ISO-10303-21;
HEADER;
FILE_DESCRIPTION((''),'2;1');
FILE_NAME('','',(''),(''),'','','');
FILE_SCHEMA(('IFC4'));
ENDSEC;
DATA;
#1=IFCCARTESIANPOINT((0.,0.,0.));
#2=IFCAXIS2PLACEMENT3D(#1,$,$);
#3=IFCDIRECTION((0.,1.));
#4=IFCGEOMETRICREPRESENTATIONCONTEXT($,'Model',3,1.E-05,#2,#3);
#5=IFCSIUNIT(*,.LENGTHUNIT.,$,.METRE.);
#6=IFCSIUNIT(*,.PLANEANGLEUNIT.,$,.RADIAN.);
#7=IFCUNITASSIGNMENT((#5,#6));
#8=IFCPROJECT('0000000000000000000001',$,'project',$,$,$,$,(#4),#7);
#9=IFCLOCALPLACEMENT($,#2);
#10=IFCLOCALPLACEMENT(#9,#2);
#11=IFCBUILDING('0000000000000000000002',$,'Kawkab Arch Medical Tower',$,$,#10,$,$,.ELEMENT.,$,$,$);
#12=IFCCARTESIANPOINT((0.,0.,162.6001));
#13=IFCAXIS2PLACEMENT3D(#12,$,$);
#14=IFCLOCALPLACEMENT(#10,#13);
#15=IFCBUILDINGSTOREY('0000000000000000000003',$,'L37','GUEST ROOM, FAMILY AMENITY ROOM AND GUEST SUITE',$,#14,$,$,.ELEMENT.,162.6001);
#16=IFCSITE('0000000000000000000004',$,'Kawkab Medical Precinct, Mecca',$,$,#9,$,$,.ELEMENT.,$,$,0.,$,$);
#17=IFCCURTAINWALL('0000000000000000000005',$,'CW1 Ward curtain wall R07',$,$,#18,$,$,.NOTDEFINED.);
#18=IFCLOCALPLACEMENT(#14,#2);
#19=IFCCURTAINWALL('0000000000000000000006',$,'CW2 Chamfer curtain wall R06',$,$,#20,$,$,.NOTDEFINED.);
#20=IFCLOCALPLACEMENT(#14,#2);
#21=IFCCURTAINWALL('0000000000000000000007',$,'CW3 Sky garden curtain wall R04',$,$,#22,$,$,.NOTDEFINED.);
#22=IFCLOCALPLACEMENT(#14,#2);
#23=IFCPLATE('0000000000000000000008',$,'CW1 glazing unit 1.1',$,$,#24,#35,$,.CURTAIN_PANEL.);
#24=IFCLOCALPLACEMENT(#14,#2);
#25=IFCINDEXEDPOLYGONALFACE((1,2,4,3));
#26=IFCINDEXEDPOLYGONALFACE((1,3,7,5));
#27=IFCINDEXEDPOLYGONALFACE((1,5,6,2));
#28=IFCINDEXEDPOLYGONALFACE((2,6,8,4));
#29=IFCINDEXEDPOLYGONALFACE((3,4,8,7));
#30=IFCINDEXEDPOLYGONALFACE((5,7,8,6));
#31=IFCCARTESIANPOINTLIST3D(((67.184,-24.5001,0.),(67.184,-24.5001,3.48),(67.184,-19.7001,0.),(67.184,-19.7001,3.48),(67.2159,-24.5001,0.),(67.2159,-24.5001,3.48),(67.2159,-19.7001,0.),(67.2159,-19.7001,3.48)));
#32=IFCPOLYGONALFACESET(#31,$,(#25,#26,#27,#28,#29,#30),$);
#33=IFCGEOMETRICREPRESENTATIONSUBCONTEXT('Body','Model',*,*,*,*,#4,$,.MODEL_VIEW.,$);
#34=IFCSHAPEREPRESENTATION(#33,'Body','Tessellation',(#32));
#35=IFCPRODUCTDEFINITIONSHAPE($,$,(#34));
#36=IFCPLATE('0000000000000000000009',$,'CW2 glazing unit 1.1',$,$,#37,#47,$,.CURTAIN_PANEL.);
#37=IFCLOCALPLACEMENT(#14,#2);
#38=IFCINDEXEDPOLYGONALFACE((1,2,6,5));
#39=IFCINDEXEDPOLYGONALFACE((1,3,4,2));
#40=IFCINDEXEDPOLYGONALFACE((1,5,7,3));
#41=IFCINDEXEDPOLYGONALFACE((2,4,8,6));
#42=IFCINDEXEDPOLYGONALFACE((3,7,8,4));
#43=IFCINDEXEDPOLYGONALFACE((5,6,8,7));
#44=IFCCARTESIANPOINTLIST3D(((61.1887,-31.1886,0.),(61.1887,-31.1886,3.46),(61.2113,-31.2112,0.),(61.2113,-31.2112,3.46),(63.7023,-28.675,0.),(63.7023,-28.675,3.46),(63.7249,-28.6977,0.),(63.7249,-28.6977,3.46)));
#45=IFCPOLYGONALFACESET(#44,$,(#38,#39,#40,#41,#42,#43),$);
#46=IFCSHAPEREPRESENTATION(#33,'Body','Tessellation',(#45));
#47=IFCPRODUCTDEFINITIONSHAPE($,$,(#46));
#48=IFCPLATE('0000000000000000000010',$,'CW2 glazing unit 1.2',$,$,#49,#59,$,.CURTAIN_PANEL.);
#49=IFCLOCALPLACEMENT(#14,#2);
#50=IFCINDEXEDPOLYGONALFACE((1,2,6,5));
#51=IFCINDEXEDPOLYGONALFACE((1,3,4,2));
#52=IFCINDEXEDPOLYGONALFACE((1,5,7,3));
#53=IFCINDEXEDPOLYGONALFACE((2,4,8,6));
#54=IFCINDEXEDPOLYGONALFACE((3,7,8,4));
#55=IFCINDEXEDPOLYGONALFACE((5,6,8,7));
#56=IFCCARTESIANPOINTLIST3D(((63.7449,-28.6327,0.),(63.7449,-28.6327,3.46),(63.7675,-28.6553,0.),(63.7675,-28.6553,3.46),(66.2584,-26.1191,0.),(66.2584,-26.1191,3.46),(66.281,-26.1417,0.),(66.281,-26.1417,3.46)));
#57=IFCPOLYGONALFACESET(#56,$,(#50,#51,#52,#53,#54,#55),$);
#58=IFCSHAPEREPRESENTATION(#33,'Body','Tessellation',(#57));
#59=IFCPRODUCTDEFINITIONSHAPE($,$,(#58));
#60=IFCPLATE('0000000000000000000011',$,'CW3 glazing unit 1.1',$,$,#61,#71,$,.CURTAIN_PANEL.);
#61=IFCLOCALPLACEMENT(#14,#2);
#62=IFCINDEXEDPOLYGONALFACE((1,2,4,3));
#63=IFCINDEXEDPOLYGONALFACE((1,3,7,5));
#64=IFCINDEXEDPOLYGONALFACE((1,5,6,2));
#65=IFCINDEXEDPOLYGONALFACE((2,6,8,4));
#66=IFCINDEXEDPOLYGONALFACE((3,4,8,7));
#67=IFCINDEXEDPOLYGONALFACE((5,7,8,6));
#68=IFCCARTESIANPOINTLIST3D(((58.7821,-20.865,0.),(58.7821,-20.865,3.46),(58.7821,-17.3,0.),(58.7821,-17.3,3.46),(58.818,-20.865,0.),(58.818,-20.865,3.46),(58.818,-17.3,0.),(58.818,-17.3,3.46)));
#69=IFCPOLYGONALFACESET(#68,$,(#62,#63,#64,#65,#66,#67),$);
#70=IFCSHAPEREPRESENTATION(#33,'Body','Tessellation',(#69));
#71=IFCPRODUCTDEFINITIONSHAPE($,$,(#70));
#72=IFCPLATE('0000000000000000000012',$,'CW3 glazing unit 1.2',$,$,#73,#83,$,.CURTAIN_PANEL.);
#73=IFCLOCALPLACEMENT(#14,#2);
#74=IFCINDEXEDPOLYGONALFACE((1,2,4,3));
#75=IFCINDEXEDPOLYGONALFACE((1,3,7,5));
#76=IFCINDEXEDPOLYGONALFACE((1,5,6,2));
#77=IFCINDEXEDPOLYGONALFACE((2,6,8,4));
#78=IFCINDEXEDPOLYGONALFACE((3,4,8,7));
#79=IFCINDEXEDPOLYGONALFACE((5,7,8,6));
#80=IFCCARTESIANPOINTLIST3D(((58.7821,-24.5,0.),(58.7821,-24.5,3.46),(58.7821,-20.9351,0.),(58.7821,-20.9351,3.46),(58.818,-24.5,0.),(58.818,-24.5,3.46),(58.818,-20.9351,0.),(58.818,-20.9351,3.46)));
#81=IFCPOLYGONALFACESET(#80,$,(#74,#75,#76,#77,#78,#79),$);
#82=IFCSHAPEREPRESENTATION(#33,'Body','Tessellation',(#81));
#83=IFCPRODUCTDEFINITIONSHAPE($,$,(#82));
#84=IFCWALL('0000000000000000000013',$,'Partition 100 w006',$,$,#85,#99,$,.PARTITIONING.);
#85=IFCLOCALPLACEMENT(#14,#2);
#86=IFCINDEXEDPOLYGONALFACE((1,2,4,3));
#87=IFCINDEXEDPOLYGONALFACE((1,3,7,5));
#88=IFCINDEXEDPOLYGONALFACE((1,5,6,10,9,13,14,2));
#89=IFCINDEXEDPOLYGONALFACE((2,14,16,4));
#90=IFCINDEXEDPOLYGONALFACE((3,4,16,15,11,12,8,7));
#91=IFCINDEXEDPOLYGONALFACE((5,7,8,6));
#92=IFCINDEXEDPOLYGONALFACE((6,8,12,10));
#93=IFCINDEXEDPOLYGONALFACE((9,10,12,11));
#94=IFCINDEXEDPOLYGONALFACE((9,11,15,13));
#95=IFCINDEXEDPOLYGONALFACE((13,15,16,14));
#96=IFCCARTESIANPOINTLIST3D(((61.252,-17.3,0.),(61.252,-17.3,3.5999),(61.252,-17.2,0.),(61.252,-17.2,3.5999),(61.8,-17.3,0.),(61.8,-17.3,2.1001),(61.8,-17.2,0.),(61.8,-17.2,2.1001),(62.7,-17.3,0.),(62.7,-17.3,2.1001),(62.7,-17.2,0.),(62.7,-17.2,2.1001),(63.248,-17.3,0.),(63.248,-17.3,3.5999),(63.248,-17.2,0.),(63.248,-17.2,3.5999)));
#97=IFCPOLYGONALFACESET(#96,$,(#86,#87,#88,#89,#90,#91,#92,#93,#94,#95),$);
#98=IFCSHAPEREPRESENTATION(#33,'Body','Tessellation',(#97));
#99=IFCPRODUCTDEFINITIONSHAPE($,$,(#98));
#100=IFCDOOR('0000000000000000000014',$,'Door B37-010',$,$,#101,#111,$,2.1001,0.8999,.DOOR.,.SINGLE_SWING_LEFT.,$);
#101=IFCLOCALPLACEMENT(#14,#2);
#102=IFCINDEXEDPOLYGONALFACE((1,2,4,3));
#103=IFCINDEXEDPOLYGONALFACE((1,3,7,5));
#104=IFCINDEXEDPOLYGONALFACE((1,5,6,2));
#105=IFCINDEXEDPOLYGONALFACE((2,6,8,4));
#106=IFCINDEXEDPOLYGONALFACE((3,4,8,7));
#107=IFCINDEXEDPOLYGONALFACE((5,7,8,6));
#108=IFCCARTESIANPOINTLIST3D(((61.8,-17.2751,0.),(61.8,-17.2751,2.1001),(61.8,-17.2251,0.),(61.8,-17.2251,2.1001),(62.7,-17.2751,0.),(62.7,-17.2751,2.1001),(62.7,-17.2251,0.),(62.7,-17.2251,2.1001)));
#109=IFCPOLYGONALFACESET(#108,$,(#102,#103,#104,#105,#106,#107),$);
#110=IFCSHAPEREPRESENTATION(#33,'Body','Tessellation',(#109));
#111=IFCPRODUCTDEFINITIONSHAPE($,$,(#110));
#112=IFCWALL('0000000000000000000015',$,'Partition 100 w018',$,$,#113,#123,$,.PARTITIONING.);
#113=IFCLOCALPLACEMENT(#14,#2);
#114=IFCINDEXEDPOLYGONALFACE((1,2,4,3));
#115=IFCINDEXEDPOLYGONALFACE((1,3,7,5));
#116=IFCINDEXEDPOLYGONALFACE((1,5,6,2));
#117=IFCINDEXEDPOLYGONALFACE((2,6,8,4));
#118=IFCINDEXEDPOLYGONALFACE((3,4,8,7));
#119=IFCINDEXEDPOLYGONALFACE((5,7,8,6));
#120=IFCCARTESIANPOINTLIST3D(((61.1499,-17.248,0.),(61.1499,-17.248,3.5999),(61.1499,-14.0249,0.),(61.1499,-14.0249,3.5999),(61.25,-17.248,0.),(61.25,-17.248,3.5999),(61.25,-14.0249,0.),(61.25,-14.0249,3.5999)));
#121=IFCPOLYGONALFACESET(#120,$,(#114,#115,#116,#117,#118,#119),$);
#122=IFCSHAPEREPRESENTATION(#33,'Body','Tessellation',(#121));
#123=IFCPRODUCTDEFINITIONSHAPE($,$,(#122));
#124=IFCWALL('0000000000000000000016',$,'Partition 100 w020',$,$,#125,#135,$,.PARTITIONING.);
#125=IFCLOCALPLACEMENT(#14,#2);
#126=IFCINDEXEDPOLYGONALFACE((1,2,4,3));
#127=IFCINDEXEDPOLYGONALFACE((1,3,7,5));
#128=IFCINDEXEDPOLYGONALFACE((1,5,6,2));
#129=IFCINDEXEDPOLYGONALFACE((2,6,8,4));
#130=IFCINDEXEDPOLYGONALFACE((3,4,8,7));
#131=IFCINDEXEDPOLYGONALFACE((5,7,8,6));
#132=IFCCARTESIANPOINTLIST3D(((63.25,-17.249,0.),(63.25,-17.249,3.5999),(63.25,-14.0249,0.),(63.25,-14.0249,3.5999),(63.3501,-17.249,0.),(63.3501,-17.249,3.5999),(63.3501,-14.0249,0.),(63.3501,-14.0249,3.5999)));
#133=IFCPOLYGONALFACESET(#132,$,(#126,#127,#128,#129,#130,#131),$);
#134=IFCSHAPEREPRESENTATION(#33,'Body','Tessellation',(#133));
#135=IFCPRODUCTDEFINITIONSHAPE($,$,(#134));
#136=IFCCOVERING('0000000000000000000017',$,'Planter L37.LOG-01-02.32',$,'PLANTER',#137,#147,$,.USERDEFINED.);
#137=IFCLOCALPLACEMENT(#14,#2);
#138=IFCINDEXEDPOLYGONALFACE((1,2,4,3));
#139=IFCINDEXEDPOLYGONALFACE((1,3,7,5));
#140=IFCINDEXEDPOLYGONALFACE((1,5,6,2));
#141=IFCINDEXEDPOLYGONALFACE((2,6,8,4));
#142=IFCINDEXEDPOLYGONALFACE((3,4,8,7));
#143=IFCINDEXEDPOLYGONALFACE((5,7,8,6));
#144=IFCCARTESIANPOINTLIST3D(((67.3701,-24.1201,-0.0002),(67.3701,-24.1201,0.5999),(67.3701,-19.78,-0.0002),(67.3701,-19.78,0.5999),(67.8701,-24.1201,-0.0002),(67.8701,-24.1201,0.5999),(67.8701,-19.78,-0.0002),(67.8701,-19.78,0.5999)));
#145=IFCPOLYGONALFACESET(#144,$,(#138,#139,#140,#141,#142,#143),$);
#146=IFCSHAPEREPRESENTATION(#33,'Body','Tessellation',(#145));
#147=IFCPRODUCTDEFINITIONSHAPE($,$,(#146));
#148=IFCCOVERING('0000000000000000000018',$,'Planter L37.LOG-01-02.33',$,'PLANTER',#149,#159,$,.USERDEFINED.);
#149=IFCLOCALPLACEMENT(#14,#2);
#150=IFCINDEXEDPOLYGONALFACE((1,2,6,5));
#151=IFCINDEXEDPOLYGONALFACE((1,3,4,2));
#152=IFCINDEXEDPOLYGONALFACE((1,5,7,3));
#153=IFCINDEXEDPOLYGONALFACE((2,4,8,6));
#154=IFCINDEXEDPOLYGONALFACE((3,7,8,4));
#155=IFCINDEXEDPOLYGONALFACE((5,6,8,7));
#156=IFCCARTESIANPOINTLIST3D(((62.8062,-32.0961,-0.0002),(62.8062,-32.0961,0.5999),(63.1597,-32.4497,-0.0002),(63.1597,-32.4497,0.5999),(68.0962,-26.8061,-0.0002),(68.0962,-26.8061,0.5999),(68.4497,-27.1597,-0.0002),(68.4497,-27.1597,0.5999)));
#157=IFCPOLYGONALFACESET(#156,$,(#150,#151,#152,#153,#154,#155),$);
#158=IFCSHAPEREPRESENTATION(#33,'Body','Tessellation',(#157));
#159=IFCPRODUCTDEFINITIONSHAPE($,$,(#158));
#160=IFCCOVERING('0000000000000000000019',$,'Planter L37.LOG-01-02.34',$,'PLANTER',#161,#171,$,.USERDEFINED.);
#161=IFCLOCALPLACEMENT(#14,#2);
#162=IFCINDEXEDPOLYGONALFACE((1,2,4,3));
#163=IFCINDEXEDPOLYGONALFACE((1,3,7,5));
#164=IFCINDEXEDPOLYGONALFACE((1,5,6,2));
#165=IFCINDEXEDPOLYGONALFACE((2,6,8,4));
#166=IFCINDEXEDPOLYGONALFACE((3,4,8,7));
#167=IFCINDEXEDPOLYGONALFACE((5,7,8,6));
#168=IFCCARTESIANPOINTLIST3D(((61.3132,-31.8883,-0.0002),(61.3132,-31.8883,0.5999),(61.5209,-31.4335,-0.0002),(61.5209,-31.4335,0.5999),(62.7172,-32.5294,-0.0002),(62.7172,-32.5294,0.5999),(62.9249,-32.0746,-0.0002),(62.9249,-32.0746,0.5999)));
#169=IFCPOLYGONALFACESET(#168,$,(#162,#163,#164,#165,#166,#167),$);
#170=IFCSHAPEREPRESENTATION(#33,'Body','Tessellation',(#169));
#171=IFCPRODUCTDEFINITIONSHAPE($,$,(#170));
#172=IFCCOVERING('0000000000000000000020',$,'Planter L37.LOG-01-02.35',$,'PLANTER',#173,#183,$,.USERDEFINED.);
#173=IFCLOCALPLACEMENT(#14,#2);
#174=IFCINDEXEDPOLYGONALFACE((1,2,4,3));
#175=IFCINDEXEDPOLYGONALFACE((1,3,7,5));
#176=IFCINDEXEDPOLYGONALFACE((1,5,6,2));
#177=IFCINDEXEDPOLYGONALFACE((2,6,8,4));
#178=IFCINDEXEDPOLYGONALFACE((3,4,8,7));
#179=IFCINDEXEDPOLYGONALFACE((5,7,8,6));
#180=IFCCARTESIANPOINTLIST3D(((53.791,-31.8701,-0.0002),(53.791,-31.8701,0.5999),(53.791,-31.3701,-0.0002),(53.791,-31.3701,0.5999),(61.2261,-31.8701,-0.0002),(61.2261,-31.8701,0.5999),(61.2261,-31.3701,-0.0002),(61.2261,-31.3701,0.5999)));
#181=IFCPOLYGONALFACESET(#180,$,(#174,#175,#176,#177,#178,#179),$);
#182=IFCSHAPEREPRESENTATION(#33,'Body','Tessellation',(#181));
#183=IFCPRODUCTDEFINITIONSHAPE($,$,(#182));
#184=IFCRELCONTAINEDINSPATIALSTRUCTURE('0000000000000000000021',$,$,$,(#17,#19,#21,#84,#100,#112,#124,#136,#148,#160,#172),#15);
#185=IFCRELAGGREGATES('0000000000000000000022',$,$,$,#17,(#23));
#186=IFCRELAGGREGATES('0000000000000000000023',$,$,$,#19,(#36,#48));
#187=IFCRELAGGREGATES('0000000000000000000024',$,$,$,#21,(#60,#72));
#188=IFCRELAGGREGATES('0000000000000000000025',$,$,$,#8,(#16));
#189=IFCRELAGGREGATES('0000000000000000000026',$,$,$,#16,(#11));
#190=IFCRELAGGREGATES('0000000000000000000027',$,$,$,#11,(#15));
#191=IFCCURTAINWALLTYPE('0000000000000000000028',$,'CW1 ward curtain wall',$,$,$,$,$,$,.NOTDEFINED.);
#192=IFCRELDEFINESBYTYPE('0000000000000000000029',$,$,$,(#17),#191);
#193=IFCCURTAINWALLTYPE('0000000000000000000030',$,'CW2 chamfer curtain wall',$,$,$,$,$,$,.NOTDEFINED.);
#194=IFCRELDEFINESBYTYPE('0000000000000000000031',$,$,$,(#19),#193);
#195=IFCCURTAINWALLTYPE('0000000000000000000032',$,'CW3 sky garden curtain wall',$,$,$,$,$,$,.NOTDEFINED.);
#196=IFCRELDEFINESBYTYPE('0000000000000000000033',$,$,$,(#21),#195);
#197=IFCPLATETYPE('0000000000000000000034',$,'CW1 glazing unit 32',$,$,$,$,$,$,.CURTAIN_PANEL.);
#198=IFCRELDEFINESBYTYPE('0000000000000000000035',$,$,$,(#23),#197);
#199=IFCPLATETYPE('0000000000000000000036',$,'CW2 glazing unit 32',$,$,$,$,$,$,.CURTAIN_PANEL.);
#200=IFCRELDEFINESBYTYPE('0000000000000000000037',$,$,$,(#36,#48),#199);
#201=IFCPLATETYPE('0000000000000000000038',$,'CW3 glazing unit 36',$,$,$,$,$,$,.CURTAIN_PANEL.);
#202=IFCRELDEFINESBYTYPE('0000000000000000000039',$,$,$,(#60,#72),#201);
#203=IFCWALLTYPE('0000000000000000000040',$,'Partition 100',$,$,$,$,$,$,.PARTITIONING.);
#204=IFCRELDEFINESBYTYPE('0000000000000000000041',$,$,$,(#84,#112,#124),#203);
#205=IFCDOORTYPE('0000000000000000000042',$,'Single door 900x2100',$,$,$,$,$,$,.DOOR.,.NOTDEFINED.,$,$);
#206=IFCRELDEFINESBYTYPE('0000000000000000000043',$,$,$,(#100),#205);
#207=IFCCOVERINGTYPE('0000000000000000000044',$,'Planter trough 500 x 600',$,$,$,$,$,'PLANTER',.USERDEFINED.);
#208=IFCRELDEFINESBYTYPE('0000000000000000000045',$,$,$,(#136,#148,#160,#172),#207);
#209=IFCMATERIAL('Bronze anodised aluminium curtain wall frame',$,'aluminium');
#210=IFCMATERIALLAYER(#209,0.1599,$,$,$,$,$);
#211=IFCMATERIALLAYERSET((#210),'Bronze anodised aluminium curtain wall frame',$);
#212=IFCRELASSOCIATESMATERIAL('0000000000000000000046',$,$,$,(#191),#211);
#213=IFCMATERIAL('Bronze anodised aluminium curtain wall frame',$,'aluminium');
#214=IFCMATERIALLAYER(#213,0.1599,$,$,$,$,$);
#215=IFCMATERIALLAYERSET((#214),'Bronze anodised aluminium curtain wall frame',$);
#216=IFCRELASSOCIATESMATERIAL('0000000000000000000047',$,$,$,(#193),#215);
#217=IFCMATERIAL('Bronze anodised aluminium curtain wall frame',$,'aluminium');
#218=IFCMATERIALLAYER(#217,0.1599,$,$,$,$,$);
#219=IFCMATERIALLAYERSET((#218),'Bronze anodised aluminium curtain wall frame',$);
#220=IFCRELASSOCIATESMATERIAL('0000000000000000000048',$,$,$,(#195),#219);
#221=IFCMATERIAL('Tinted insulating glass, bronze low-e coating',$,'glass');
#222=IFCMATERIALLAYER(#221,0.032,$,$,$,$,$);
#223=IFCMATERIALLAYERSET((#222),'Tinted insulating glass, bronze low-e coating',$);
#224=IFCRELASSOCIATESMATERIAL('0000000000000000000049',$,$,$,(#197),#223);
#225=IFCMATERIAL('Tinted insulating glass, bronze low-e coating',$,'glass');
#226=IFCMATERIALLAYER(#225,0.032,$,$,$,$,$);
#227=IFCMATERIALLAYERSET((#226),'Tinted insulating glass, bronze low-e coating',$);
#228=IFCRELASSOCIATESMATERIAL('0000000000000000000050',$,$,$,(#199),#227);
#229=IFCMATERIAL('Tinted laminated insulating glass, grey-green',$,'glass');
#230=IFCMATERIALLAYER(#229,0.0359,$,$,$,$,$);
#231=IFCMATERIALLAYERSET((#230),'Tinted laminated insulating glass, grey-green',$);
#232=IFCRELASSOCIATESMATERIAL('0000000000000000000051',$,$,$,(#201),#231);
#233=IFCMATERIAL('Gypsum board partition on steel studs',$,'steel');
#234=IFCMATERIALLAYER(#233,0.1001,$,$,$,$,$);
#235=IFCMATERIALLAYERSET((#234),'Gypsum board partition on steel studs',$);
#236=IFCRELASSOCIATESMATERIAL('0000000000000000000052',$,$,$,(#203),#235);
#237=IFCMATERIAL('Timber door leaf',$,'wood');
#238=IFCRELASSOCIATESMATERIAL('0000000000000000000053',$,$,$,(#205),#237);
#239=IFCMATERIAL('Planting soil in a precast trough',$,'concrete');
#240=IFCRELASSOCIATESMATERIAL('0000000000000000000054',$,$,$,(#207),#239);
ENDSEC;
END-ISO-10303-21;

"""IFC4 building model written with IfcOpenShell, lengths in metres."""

from ifc_helpers import new_model, si_unit, direction, frame, frame_2d, origin, origin_2d, place, context, subcontext, project, spatial, rectangle, extrude, material, layer, layer_set, material_profile, profile_set, type_object, element, fill, aggregate, save


model = new_model("IFC4")

# Units and contexts
model_context = context("Model", 3, precision=1e-05, world=origin(), true_north=direction((0.0, 1.0)))
body_context = subcontext(model_context, "Body", "Model", "MODEL_VIEW")
ifc_project = project(units=[si_unit("LENGTHUNIT", "METRE"), si_unit("PLANEANGLEUNIT", "RADIAN")], contexts=[model_context])

# Site, building, storey
site_placement = place(None, origin())
site = spatial("IfcSite", under=ifc_project, at=site_placement, Name="Kawkab Medical Precinct, Mecca", CompositionType="ELEMENT", RefElevation=0.0)
building_placement = place(site_placement, origin())
building = spatial("IfcBuilding", under=site, at=building_placement, Name="Kawkab Arch Medical Tower", CompositionType="ELEMENT")
storey_placement = place(building_placement, frame((0.0, 0.0, 162.6001)))
storey = spatial("IfcBuildingStorey", under=building, at=storey_placement, Name="L37", Description="GUEST ROOM, FAMILY AMENITY ROOM AND GUEST SUITE", CompositionType="ELEMENT", Elevation=162.6001)

# Curtain walls
ifc_material_1 = material(Name="Bronze anodised aluminium curtain wall frame", Category="aluminium")
ifc_layer_1 = layer(ifc_material_1, 0.1599)
ifc_layer_set_1 = layer_set([ifc_layer_1], Name="Bronze anodised aluminium curtain wall frame")
curtain_wall_type_1 = type_object("IfcCurtainWallType", Name="CW1 ward curtain wall", PredefinedType="NOTDEFINED", material=ifc_layer_set_1)
placement = place(storey_placement, origin())
curtain_wall_1 = element("IfcCurtainWall", 1, at=placement, inside=storey, type_object=curtain_wall_type_1, Name="CW1 Ward curtain wall R07", PredefinedType="NOTDEFINED")
ifc_material_2 = material(Name="Bronze anodised aluminium curtain wall frame", Category="aluminium")
ifc_layer_2 = layer(ifc_material_2, 0.1599)
ifc_layer_set_2 = layer_set([ifc_layer_2], Name="Bronze anodised aluminium curtain wall frame")
curtain_wall_type_2 = type_object("IfcCurtainWallType", Name="CW2 chamfer curtain wall", PredefinedType="NOTDEFINED", material=ifc_layer_set_2)
curtain_wall_2 = element("IfcCurtainWall", 2, at=placement, inside=storey, type_object=curtain_wall_type_2, Name="CW2 Chamfer curtain wall R06", PredefinedType="NOTDEFINED")
ifc_material_3 = material(Name="Bronze anodised aluminium curtain wall frame", Category="aluminium")
ifc_layer_3 = layer(ifc_material_3, 0.1599)
ifc_layer_set_3 = layer_set([ifc_layer_3], Name="Bronze anodised aluminium curtain wall frame")
curtain_wall_type_3 = type_object("IfcCurtainWallType", Name="CW3 sky garden curtain wall", PredefinedType="NOTDEFINED", material=ifc_layer_set_3)
curtain_wall_3 = element("IfcCurtainWall", 3, at=placement, inside=storey, type_object=curtain_wall_type_3, Name="CW3 Sky garden curtain wall R04", PredefinedType="NOTDEFINED")

# Shared definitions
ifc_material_4 = material(Name="Tinted insulating glass, bronze low-e coating", Category="glass")
ifc_layer_4 = layer(ifc_material_4, 0.032)
ifc_layer_set_4 = layer_set([ifc_layer_4], Name="Tinted insulating glass, bronze low-e coating")
plate_type_1 = type_object("IfcPlateType", Name="CW1 glazing unit 32", PredefinedType="CURTAIN_PANEL", material=ifc_layer_set_4)

# Plates
plate_1_placement = place(storey_placement, frame((67.2, -22.1001, 0.0), z_axis=(0.0, 0.0, 1.0), x_axis=(0.0, 1.0, 0.0)))
plate_1 = element("IfcPlate", 4, at=plate_1_placement, type_object=plate_type_1, Name="CW1 glazing unit 1.1", PredefinedType="CURTAIN_PANEL", context=body_context, shape_type="SweptSolid", body=[
    extrude(rectangle(XDim=4.8, YDim=0.032, at=origin_2d()), origin(), (0.0, 0.0, 1.0), 3.48),
])
aggregate(curtain_wall_1, [plate_1])
ifc_material_5 = material(Name="Tinted insulating glass, bronze low-e coating", Category="glass")
ifc_layer_5 = layer(ifc_material_5, 0.032)
ifc_layer_set_5 = layer_set([ifc_layer_5], Name="Tinted insulating glass, bronze low-e coating")
plate_type_2 = type_object("IfcPlateType", Name="CW2 glazing unit 32", PredefinedType="CURTAIN_PANEL", material=ifc_layer_set_5)
plate_2_placement = place(storey_placement, frame((62.4568, -29.9431, 0.0), z_axis=(0.0, 0.0, 1.0), x_axis=(0.707107, 0.707107, 0.0)))
plate_2 = element("IfcPlate", 5, at=plate_2_placement, type_object=plate_type_2, Name="CW2 glazing unit 1.1", PredefinedType="CURTAIN_PANEL", context=body_context, shape_type="SweptSolid", body=[
    extrude(rectangle(XDim=3.5547, YDim=0.032, at=origin_2d()), origin(), (0.0, 0.0, 1.0), 3.46),
])
plate_3_placement = place(storey_placement, frame((65.0129, -27.3872, 0.0), z_axis=(0.0, 0.0, 1.0), x_axis=(0.707107, 0.707107, 0.0)))
plate_3 = element("IfcPlate", 6, at=plate_3_placement, type_object=plate_type_2, Name="CW2 glazing unit 1.2", PredefinedType="CURTAIN_PANEL", context=body_context, shape_type="SweptSolid", body=[
    extrude(rectangle(XDim=3.5547, YDim=0.032, at=origin_2d()), origin(), (0.0, 0.0, 1.0), 3.46),
])
aggregate(curtain_wall_2, [plate_2, plate_3])
ifc_material_6 = material(Name="Tinted laminated insulating glass, grey-green", Category="glass")
ifc_layer_6 = layer(ifc_material_6, 0.0359)
ifc_layer_set_6 = layer_set([ifc_layer_6], Name="Tinted laminated insulating glass, grey-green")
plate_type_3 = type_object("IfcPlateType", Name="CW3 glazing unit 36", PredefinedType="CURTAIN_PANEL", material=ifc_layer_set_6)
plate_4_placement = place(storey_placement, frame((58.8, -19.0825, 0.0), z_axis=(0.0, 0.0, 1.0), x_axis=(0.0, -1.0, 0.0)))
plate_4 = element("IfcPlate", 7, at=plate_4_placement, type_object=plate_type_3, Name="CW3 glazing unit 1.1", PredefinedType="CURTAIN_PANEL", context=body_context, shape_type="SweptSolid", body=[
    extrude(rectangle(XDim=3.5649, YDim=0.0359, at=origin_2d()), origin(), (0.0, 0.0, 1.0), 3.46),
])
plate_5_placement = place(storey_placement, frame((58.8, -22.7175, 0.0), z_axis=(0.0, 0.0, 1.0), x_axis=(0.0, -1.0, 0.0)))
plate_5 = element("IfcPlate", 8, at=plate_5_placement, type_object=plate_type_3, Name="CW3 glazing unit 1.2", PredefinedType="CURTAIN_PANEL", context=body_context, shape_type="SweptSolid", body=[
    extrude(rectangle(XDim=3.5649, YDim=0.0359, at=origin_2d()), origin(), (0.0, 0.0, 1.0), 3.46),
])
aggregate(curtain_wall_3, [plate_4, plate_5])

# Wall, opening, door
ifc_material_7 = material(Name="Gypsum board partition on steel studs", Category="steel")
ifc_layer_7 = layer(ifc_material_7, 0.1001)
ifc_layer_set_7 = layer_set([ifc_layer_7], Name="Gypsum board partition on steel studs")
wall_type = type_object("IfcWallType", Name="Partition 100", PredefinedType="PARTITIONING", material=ifc_layer_set_7)
wall_1_placement = place(storey_placement, frame((61.252, -17.25, 0.0), z_axis=(0.0, 0.0, 1.0), x_axis=(1.0, 0.0, 0.0)))
wall_1 = element("IfcWall", 9, at=wall_1_placement, inside=storey, type_object=wall_type, Name="Partition 100 w006", PredefinedType="PARTITIONING", context=body_context, shape_type="SweptSolid", body=[
    extrude(rectangle(XDim=1.9961, YDim=0.1001, at=frame_2d((0.998, 0.0))), origin(), (0.0, 0.0, 1.0), 3.5999),
])
opening_placement = place(wall_1_placement, frame((0.5481, 0.0, 0.0)))
opening = element("IfcOpeningElement", 10, at=opening_placement, cuts=wall_1, PredefinedType="OPENING", context=body_context, shape_type="SweptSolid", body=[
    extrude(rectangle(XDim=0.8999, YDim=2.1001, at=frame_2d((0.45, 1.05))), frame((0.0, 0.0601, 0.0), z_axis=(0.0, -1.0, 0.0), x_axis=(1.0, 0.0, 0.0)), (0.0, 0.0, 1.0), 0.1201),
])
ifc_material_8 = material(Name="Timber door leaf", Category="wood")
door_type = type_object("IfcDoorType", Name="Single door 900x2100", OperationType="NOTDEFINED", PredefinedType="DOOR", material=ifc_material_8)
door_placement = place(opening_placement, origin())
door = element("IfcDoor", 11, at=door_placement, inside=storey, type_object=door_type, Name="Door B37-010", OperationType="SINGLE_SWING_LEFT", OverallHeight=2.1001, OverallWidth=0.8999, PredefinedType="DOOR", context=body_context, shape_type="SweptSolid", body=[
    extrude(rectangle(XDim=0.8999, YDim=2.1001, at=frame_2d((0.45, 1.05))), frame((0.0, 0.0249, 0.0), z_axis=(0.0, -1.0, 0.0), x_axis=(1.0, 0.0, 0.0)), (0.0, 0.0, 1.0), 0.05),
])
fill(opening, door)

# Walls
wall_2_placement = place(storey_placement, frame((61.2, -17.248, 0.0), z_axis=(0.0, 0.0, 1.0), x_axis=(0.0, 1.0, 0.0)))
element("IfcWall", 12, at=wall_2_placement, inside=storey, type_object=wall_type, Name="Partition 100 w018", PredefinedType="PARTITIONING", context=body_context, shape_type="SweptSolid", body=[
    extrude(rectangle(XDim=3.2231, YDim=0.1001, at=frame_2d((1.6116, 0.0))), origin(), (0.0, 0.0, 1.0), 3.5999),
])
wall_3_placement = place(storey_placement, frame((63.3, -17.249, 0.0), z_axis=(0.0, 0.0, 1.0), x_axis=(0.0, 1.0, 0.0)))
element("IfcWall", 13, at=wall_3_placement, inside=storey, type_object=wall_type, Name="Partition 100 w020", PredefinedType="PARTITIONING", context=body_context, shape_type="SweptSolid", body=[
    extrude(rectangle(XDim=3.2241, YDim=0.1001, at=frame_2d((1.6121, 0.0))), origin(), (0.0, 0.0, 1.0), 3.5999),
])

# Coverings
ifc_material_9 = material(Name="Planting soil in a precast trough", Category="concrete")
ifc_material_profile_1 = material_profile(ifc_material_9, rectangle(XDim=0.5, YDim=0.6001, at=origin_2d()), Name="Trough 500x600")
ifc_profile_set_1 = profile_set([ifc_material_profile_1], Name="Planting soil in a precast trough")
covering_type = type_object("IfcCoveringType", Name="Planter trough 500 x 600", ElementType="PLANTER", PredefinedType="USERDEFINED", material=ifc_profile_set_1)
covering_1_placement = place(storey_placement, frame((67.6201, -19.78, 0.2998), z_axis=(0.0, -1.0, 0.0), x_axis=(1.0, 0.0, 0.0)))
element("IfcCovering", 14, at=covering_1_placement, inside=storey, type_object=covering_type, Name="Planter L37.LOG-01-02.32", ObjectType="PLANTER", PredefinedType="USERDEFINED", context=body_context, shape_type="SweptSolid", body=[
    extrude(rectangle(XDim=0.5, YDim=0.6001, at=origin_2d()), origin(), (0.0, 0.0, 1.0), 4.3401),
])
covering_2_placement = place(storey_placement, frame((68.2729, -26.9829, 0.2998), z_axis=(-0.707107, -0.707107, 0.0), x_axis=(0.707107, -0.707107, 0.0)))
element("IfcCovering", 15, at=covering_2_placement, inside=storey, type_object=covering_type, Name="Planter L37.LOG-01-02.33", ObjectType="PLANTER", PredefinedType="USERDEFINED", context=body_context, shape_type="SweptSolid", body=[
    extrude(rectangle(XDim=0.5, YDim=0.6001, at=origin_2d()), origin(), (0.0, 0.0, 1.0), 7.4812),
])
covering_3_placement = place(storey_placement, frame((62.821, -32.302, 0.2998), z_axis=(-0.909656, 0.415363, 0.0), x_axis=(-0.415363, -0.909656, 0.0)))
element("IfcCovering", 16, at=covering_3_placement, inside=storey, type_object=covering_type, Name="Planter L37.LOG-01-02.34", ObjectType="PLANTER", PredefinedType="USERDEFINED", context=body_context, shape_type="SweptSolid", body=[
    extrude(rectangle(XDim=0.5, YDim=0.6001, at=origin_2d()), origin(), (0.0, 0.0, 1.0), 1.5435),
])
covering_4_placement = place(storey_placement, frame((61.2261, -31.6201, 0.2998), z_axis=(-1.0, 0.0, 0.0), x_axis=(0.0, -1.0, 0.0)))
element("IfcCovering", 17, at=covering_4_placement, inside=storey, type_object=covering_type, Name="Planter L37.LOG-01-02.35", ObjectType="PLANTER", PredefinedType="USERDEFINED", context=body_context, shape_type="SweptSolid", body=[
    extrude(rectangle(XDim=0.5, YDim=0.6001, at=origin_2d()), origin(), (0.0, 0.0, 1.0), 7.4351),
])

save(model, "model.ifc")
